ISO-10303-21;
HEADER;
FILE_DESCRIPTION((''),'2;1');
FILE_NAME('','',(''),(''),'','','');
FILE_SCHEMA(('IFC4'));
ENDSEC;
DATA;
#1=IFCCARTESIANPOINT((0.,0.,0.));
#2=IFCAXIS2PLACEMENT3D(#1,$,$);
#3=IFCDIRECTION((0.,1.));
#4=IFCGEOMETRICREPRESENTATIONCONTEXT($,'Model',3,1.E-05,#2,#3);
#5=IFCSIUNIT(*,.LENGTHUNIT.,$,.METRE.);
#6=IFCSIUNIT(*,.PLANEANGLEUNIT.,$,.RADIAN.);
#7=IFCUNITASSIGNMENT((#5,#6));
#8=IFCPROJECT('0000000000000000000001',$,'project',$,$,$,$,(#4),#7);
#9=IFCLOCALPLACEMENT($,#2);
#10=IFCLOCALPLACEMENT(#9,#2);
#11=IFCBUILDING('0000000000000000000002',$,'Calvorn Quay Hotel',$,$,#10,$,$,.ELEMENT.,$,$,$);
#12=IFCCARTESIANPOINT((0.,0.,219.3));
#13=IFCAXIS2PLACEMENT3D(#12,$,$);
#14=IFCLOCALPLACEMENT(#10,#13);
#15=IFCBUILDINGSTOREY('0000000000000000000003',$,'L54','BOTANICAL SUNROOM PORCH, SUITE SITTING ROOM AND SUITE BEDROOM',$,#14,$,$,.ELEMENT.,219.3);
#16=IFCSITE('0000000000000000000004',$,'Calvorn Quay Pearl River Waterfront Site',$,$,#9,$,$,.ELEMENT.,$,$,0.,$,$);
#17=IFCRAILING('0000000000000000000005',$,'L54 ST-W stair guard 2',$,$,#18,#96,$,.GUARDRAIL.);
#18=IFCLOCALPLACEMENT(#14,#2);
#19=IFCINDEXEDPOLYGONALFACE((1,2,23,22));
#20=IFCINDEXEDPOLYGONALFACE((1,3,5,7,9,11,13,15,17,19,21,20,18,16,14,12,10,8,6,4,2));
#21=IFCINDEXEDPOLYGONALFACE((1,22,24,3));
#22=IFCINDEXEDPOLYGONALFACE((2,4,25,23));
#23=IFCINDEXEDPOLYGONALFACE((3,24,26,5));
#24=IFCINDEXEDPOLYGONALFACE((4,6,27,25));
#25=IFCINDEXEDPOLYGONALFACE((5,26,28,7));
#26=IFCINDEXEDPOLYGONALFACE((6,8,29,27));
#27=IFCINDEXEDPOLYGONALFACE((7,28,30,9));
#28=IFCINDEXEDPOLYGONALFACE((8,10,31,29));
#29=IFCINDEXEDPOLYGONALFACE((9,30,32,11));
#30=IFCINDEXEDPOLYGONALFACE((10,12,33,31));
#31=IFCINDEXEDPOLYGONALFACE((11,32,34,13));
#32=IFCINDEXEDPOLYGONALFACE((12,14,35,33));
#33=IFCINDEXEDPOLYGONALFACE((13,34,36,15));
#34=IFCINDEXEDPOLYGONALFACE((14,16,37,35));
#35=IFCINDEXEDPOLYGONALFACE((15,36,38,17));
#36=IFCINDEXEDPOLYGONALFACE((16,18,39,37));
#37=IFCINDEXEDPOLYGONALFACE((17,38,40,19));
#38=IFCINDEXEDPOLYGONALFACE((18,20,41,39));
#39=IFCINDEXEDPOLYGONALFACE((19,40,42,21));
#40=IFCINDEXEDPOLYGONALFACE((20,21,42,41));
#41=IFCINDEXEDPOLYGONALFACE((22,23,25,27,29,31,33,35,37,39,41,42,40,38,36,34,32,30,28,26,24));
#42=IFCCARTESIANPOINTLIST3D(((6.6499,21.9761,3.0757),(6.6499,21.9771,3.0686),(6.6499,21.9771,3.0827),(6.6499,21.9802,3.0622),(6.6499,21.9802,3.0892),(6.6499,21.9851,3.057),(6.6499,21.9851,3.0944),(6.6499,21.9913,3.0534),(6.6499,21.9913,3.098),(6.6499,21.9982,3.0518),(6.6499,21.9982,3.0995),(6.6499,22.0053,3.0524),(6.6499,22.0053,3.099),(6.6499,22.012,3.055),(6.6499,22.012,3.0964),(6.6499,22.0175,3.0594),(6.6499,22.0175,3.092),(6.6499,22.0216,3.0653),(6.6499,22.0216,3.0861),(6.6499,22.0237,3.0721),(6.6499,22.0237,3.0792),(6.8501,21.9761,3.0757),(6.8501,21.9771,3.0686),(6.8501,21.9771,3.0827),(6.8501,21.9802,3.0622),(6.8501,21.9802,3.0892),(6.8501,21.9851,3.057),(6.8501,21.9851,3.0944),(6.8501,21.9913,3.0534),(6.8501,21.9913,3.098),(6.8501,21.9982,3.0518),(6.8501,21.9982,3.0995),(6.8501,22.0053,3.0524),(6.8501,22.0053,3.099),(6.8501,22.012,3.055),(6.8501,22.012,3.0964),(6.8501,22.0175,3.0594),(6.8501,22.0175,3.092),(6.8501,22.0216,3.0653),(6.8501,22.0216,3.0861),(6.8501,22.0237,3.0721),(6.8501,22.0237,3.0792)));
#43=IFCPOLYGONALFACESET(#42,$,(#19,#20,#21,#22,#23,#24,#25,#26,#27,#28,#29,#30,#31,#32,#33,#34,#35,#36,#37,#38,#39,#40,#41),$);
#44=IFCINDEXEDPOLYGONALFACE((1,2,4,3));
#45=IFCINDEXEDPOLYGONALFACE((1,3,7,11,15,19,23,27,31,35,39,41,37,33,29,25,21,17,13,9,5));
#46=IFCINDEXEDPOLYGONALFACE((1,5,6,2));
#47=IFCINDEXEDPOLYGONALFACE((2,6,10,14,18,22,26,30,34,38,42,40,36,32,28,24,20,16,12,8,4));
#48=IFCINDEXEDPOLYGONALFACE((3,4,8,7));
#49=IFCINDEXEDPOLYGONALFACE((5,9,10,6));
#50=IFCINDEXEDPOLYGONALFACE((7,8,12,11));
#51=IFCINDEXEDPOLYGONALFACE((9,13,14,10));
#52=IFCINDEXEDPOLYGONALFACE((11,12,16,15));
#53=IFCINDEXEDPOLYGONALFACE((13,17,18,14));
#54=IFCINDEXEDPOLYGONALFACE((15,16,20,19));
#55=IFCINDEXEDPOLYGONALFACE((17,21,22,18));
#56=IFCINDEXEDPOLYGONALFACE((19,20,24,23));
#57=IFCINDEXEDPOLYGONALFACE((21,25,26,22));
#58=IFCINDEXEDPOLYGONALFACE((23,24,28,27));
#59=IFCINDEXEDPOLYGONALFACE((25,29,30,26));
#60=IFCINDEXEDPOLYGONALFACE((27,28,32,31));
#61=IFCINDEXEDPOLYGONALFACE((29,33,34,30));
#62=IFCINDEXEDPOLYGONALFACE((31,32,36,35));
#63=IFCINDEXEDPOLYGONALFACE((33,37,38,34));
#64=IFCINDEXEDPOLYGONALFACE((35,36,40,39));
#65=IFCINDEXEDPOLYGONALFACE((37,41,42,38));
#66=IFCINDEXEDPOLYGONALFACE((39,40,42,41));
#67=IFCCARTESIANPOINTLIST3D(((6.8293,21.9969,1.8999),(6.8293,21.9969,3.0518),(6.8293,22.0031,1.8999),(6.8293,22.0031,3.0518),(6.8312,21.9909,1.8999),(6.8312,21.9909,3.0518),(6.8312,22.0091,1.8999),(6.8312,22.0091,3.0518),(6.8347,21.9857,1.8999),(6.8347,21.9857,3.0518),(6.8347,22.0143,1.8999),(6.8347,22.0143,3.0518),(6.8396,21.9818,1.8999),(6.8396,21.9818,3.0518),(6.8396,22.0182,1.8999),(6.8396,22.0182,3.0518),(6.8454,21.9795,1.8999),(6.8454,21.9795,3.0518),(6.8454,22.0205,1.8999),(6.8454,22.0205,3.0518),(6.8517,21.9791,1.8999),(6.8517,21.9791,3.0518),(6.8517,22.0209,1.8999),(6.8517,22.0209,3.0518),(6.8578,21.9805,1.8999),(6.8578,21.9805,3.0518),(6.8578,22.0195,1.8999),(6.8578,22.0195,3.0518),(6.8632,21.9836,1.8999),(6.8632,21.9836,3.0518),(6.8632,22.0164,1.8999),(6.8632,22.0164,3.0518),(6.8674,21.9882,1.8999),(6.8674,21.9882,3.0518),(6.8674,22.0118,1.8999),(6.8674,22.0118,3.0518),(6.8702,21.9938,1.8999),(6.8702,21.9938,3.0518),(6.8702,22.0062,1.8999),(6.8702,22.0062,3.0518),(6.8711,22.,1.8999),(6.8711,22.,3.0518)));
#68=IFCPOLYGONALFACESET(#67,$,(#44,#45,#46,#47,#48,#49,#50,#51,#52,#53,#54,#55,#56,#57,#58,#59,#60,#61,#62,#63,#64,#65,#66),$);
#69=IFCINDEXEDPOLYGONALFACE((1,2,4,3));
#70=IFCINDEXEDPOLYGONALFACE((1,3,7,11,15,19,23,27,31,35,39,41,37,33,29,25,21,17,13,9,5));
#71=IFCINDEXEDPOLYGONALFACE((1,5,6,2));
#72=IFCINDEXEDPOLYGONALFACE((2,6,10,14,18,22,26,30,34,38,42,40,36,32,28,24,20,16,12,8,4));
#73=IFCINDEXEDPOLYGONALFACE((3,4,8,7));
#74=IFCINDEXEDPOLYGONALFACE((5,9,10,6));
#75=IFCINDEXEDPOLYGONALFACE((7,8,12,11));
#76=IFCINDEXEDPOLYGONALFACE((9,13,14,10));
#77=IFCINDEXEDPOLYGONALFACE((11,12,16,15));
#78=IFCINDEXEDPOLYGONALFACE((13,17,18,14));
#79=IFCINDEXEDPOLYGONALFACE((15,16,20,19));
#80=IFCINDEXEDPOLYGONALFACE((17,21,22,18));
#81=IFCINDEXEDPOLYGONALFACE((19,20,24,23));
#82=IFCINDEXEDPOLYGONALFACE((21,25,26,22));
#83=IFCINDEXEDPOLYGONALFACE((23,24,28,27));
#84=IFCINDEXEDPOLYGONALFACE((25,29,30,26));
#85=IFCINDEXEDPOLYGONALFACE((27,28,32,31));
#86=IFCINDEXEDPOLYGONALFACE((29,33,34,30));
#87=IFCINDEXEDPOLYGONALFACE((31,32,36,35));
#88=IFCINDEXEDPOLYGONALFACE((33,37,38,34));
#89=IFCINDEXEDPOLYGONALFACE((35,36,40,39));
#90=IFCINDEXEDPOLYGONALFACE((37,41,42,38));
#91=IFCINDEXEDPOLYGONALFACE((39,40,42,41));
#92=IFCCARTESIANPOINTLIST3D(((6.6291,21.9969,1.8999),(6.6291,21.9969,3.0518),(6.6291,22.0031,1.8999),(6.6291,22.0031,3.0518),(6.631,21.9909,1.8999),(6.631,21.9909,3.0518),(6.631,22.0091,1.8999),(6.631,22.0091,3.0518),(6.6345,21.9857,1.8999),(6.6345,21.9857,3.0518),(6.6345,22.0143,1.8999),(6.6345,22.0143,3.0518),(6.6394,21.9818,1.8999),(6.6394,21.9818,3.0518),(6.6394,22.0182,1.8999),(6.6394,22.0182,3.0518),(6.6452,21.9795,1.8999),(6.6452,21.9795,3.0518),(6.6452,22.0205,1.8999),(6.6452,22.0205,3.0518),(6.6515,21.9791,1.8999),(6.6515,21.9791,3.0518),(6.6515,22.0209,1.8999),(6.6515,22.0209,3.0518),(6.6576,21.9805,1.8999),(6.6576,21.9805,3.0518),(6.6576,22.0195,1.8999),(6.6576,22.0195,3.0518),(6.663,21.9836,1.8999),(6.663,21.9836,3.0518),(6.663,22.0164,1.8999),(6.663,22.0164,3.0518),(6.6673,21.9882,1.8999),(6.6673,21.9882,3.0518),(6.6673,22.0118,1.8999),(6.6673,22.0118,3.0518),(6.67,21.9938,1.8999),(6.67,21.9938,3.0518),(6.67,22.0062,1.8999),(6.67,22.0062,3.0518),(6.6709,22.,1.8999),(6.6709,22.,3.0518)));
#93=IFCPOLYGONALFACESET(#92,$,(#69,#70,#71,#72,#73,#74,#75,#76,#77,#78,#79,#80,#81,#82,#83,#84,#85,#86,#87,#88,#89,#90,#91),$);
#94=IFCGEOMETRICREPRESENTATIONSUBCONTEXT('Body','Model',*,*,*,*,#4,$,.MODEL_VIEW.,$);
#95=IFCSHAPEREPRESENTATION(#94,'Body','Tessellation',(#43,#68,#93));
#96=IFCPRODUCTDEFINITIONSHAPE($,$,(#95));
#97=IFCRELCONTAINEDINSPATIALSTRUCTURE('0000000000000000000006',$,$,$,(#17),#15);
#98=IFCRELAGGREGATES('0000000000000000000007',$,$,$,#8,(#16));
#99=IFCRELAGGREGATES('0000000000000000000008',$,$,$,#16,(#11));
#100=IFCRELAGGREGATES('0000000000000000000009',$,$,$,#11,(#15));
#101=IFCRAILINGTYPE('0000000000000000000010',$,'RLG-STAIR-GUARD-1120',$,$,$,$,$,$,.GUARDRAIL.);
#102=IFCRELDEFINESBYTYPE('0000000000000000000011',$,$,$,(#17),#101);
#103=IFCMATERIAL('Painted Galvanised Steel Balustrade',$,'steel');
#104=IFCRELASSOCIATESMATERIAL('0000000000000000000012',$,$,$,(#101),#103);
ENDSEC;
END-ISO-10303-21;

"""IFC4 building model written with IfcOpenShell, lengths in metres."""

from ifc_helpers import new_model, si_unit, direction, frame, origin, origin_2d, place, context, subcontext, project, spatial, circle, extrude, material, type_object, element, save


model = new_model("IFC4")

# Units and contexts
model_context = context("Model", 3, precision=1e-05, world=origin(), true_north=direction((0.0, 1.0)))
body_context = subcontext(model_context, "Body", "Model", "MODEL_VIEW")
ifc_project = project(units=[si_unit("LENGTHUNIT", "METRE"), si_unit("PLANEANGLEUNIT", "RADIAN")], contexts=[model_context])

# Site, building, storey
site_placement = place(None, origin())
site = spatial("IfcSite", under=ifc_project, at=site_placement, Name="Calvorn Quay Pearl River Waterfront Site", CompositionType="ELEMENT", RefElevation=0.0)
building_placement = place(site_placement, origin())
building = spatial("IfcBuilding", under=site, at=building_placement, Name="Calvorn Quay Hotel", CompositionType="ELEMENT")
storey_placement = place(building_placement, frame((0.0, 0.0, 219.3)))
storey = spatial("IfcBuildingStorey", under=building, at=storey_placement, Name="L54", Description="BOTANICAL SUNROOM PORCH, SUITE SITTING ROOM AND SUITE BEDROOM", CompositionType="ELEMENT", Elevation=219.3)

# Railing
ifc_material_1 = material(Name="Painted Galvanised Steel Balustrade", Category="steel")
railing_type_1 = type_object("IfcRailingType", Name="RLG-STAIR-GUARD-1120", PredefinedType="GUARDRAIL", material=ifc_material_1)
railing_1_placement = place(storey_placement, frame((6.8501, 22.0, 1.8999)))
element("IfcRailing", 1, at=railing_1_placement, inside=storey, type_object=railing_type_1, Name="L54 ST-W stair guard 2", PredefinedType="GUARDRAIL", context=body_context, shape_type="SweptSolid", body=[
    extrude(circle(Radius=0.0239, at=origin_2d()), frame((0.0, 0.0, 1.1758), z_axis=(-1.0, 0.0, 0.0), x_axis=(0.0, -1.0, 0.0)), (0.0, 0.0, 1.0), 0.2002),
    extrude(circle(Radius=0.021, at=origin_2d()), origin(), (0.0, 0.0, 1.0), 1.1519),
    extrude(circle(Radius=0.021, at=origin_2d()), frame((-0.2002, 0.0, 0.0)), (0.0, 0.0, 1.0), 1.1519),
])

save(model, "model.ifc")
